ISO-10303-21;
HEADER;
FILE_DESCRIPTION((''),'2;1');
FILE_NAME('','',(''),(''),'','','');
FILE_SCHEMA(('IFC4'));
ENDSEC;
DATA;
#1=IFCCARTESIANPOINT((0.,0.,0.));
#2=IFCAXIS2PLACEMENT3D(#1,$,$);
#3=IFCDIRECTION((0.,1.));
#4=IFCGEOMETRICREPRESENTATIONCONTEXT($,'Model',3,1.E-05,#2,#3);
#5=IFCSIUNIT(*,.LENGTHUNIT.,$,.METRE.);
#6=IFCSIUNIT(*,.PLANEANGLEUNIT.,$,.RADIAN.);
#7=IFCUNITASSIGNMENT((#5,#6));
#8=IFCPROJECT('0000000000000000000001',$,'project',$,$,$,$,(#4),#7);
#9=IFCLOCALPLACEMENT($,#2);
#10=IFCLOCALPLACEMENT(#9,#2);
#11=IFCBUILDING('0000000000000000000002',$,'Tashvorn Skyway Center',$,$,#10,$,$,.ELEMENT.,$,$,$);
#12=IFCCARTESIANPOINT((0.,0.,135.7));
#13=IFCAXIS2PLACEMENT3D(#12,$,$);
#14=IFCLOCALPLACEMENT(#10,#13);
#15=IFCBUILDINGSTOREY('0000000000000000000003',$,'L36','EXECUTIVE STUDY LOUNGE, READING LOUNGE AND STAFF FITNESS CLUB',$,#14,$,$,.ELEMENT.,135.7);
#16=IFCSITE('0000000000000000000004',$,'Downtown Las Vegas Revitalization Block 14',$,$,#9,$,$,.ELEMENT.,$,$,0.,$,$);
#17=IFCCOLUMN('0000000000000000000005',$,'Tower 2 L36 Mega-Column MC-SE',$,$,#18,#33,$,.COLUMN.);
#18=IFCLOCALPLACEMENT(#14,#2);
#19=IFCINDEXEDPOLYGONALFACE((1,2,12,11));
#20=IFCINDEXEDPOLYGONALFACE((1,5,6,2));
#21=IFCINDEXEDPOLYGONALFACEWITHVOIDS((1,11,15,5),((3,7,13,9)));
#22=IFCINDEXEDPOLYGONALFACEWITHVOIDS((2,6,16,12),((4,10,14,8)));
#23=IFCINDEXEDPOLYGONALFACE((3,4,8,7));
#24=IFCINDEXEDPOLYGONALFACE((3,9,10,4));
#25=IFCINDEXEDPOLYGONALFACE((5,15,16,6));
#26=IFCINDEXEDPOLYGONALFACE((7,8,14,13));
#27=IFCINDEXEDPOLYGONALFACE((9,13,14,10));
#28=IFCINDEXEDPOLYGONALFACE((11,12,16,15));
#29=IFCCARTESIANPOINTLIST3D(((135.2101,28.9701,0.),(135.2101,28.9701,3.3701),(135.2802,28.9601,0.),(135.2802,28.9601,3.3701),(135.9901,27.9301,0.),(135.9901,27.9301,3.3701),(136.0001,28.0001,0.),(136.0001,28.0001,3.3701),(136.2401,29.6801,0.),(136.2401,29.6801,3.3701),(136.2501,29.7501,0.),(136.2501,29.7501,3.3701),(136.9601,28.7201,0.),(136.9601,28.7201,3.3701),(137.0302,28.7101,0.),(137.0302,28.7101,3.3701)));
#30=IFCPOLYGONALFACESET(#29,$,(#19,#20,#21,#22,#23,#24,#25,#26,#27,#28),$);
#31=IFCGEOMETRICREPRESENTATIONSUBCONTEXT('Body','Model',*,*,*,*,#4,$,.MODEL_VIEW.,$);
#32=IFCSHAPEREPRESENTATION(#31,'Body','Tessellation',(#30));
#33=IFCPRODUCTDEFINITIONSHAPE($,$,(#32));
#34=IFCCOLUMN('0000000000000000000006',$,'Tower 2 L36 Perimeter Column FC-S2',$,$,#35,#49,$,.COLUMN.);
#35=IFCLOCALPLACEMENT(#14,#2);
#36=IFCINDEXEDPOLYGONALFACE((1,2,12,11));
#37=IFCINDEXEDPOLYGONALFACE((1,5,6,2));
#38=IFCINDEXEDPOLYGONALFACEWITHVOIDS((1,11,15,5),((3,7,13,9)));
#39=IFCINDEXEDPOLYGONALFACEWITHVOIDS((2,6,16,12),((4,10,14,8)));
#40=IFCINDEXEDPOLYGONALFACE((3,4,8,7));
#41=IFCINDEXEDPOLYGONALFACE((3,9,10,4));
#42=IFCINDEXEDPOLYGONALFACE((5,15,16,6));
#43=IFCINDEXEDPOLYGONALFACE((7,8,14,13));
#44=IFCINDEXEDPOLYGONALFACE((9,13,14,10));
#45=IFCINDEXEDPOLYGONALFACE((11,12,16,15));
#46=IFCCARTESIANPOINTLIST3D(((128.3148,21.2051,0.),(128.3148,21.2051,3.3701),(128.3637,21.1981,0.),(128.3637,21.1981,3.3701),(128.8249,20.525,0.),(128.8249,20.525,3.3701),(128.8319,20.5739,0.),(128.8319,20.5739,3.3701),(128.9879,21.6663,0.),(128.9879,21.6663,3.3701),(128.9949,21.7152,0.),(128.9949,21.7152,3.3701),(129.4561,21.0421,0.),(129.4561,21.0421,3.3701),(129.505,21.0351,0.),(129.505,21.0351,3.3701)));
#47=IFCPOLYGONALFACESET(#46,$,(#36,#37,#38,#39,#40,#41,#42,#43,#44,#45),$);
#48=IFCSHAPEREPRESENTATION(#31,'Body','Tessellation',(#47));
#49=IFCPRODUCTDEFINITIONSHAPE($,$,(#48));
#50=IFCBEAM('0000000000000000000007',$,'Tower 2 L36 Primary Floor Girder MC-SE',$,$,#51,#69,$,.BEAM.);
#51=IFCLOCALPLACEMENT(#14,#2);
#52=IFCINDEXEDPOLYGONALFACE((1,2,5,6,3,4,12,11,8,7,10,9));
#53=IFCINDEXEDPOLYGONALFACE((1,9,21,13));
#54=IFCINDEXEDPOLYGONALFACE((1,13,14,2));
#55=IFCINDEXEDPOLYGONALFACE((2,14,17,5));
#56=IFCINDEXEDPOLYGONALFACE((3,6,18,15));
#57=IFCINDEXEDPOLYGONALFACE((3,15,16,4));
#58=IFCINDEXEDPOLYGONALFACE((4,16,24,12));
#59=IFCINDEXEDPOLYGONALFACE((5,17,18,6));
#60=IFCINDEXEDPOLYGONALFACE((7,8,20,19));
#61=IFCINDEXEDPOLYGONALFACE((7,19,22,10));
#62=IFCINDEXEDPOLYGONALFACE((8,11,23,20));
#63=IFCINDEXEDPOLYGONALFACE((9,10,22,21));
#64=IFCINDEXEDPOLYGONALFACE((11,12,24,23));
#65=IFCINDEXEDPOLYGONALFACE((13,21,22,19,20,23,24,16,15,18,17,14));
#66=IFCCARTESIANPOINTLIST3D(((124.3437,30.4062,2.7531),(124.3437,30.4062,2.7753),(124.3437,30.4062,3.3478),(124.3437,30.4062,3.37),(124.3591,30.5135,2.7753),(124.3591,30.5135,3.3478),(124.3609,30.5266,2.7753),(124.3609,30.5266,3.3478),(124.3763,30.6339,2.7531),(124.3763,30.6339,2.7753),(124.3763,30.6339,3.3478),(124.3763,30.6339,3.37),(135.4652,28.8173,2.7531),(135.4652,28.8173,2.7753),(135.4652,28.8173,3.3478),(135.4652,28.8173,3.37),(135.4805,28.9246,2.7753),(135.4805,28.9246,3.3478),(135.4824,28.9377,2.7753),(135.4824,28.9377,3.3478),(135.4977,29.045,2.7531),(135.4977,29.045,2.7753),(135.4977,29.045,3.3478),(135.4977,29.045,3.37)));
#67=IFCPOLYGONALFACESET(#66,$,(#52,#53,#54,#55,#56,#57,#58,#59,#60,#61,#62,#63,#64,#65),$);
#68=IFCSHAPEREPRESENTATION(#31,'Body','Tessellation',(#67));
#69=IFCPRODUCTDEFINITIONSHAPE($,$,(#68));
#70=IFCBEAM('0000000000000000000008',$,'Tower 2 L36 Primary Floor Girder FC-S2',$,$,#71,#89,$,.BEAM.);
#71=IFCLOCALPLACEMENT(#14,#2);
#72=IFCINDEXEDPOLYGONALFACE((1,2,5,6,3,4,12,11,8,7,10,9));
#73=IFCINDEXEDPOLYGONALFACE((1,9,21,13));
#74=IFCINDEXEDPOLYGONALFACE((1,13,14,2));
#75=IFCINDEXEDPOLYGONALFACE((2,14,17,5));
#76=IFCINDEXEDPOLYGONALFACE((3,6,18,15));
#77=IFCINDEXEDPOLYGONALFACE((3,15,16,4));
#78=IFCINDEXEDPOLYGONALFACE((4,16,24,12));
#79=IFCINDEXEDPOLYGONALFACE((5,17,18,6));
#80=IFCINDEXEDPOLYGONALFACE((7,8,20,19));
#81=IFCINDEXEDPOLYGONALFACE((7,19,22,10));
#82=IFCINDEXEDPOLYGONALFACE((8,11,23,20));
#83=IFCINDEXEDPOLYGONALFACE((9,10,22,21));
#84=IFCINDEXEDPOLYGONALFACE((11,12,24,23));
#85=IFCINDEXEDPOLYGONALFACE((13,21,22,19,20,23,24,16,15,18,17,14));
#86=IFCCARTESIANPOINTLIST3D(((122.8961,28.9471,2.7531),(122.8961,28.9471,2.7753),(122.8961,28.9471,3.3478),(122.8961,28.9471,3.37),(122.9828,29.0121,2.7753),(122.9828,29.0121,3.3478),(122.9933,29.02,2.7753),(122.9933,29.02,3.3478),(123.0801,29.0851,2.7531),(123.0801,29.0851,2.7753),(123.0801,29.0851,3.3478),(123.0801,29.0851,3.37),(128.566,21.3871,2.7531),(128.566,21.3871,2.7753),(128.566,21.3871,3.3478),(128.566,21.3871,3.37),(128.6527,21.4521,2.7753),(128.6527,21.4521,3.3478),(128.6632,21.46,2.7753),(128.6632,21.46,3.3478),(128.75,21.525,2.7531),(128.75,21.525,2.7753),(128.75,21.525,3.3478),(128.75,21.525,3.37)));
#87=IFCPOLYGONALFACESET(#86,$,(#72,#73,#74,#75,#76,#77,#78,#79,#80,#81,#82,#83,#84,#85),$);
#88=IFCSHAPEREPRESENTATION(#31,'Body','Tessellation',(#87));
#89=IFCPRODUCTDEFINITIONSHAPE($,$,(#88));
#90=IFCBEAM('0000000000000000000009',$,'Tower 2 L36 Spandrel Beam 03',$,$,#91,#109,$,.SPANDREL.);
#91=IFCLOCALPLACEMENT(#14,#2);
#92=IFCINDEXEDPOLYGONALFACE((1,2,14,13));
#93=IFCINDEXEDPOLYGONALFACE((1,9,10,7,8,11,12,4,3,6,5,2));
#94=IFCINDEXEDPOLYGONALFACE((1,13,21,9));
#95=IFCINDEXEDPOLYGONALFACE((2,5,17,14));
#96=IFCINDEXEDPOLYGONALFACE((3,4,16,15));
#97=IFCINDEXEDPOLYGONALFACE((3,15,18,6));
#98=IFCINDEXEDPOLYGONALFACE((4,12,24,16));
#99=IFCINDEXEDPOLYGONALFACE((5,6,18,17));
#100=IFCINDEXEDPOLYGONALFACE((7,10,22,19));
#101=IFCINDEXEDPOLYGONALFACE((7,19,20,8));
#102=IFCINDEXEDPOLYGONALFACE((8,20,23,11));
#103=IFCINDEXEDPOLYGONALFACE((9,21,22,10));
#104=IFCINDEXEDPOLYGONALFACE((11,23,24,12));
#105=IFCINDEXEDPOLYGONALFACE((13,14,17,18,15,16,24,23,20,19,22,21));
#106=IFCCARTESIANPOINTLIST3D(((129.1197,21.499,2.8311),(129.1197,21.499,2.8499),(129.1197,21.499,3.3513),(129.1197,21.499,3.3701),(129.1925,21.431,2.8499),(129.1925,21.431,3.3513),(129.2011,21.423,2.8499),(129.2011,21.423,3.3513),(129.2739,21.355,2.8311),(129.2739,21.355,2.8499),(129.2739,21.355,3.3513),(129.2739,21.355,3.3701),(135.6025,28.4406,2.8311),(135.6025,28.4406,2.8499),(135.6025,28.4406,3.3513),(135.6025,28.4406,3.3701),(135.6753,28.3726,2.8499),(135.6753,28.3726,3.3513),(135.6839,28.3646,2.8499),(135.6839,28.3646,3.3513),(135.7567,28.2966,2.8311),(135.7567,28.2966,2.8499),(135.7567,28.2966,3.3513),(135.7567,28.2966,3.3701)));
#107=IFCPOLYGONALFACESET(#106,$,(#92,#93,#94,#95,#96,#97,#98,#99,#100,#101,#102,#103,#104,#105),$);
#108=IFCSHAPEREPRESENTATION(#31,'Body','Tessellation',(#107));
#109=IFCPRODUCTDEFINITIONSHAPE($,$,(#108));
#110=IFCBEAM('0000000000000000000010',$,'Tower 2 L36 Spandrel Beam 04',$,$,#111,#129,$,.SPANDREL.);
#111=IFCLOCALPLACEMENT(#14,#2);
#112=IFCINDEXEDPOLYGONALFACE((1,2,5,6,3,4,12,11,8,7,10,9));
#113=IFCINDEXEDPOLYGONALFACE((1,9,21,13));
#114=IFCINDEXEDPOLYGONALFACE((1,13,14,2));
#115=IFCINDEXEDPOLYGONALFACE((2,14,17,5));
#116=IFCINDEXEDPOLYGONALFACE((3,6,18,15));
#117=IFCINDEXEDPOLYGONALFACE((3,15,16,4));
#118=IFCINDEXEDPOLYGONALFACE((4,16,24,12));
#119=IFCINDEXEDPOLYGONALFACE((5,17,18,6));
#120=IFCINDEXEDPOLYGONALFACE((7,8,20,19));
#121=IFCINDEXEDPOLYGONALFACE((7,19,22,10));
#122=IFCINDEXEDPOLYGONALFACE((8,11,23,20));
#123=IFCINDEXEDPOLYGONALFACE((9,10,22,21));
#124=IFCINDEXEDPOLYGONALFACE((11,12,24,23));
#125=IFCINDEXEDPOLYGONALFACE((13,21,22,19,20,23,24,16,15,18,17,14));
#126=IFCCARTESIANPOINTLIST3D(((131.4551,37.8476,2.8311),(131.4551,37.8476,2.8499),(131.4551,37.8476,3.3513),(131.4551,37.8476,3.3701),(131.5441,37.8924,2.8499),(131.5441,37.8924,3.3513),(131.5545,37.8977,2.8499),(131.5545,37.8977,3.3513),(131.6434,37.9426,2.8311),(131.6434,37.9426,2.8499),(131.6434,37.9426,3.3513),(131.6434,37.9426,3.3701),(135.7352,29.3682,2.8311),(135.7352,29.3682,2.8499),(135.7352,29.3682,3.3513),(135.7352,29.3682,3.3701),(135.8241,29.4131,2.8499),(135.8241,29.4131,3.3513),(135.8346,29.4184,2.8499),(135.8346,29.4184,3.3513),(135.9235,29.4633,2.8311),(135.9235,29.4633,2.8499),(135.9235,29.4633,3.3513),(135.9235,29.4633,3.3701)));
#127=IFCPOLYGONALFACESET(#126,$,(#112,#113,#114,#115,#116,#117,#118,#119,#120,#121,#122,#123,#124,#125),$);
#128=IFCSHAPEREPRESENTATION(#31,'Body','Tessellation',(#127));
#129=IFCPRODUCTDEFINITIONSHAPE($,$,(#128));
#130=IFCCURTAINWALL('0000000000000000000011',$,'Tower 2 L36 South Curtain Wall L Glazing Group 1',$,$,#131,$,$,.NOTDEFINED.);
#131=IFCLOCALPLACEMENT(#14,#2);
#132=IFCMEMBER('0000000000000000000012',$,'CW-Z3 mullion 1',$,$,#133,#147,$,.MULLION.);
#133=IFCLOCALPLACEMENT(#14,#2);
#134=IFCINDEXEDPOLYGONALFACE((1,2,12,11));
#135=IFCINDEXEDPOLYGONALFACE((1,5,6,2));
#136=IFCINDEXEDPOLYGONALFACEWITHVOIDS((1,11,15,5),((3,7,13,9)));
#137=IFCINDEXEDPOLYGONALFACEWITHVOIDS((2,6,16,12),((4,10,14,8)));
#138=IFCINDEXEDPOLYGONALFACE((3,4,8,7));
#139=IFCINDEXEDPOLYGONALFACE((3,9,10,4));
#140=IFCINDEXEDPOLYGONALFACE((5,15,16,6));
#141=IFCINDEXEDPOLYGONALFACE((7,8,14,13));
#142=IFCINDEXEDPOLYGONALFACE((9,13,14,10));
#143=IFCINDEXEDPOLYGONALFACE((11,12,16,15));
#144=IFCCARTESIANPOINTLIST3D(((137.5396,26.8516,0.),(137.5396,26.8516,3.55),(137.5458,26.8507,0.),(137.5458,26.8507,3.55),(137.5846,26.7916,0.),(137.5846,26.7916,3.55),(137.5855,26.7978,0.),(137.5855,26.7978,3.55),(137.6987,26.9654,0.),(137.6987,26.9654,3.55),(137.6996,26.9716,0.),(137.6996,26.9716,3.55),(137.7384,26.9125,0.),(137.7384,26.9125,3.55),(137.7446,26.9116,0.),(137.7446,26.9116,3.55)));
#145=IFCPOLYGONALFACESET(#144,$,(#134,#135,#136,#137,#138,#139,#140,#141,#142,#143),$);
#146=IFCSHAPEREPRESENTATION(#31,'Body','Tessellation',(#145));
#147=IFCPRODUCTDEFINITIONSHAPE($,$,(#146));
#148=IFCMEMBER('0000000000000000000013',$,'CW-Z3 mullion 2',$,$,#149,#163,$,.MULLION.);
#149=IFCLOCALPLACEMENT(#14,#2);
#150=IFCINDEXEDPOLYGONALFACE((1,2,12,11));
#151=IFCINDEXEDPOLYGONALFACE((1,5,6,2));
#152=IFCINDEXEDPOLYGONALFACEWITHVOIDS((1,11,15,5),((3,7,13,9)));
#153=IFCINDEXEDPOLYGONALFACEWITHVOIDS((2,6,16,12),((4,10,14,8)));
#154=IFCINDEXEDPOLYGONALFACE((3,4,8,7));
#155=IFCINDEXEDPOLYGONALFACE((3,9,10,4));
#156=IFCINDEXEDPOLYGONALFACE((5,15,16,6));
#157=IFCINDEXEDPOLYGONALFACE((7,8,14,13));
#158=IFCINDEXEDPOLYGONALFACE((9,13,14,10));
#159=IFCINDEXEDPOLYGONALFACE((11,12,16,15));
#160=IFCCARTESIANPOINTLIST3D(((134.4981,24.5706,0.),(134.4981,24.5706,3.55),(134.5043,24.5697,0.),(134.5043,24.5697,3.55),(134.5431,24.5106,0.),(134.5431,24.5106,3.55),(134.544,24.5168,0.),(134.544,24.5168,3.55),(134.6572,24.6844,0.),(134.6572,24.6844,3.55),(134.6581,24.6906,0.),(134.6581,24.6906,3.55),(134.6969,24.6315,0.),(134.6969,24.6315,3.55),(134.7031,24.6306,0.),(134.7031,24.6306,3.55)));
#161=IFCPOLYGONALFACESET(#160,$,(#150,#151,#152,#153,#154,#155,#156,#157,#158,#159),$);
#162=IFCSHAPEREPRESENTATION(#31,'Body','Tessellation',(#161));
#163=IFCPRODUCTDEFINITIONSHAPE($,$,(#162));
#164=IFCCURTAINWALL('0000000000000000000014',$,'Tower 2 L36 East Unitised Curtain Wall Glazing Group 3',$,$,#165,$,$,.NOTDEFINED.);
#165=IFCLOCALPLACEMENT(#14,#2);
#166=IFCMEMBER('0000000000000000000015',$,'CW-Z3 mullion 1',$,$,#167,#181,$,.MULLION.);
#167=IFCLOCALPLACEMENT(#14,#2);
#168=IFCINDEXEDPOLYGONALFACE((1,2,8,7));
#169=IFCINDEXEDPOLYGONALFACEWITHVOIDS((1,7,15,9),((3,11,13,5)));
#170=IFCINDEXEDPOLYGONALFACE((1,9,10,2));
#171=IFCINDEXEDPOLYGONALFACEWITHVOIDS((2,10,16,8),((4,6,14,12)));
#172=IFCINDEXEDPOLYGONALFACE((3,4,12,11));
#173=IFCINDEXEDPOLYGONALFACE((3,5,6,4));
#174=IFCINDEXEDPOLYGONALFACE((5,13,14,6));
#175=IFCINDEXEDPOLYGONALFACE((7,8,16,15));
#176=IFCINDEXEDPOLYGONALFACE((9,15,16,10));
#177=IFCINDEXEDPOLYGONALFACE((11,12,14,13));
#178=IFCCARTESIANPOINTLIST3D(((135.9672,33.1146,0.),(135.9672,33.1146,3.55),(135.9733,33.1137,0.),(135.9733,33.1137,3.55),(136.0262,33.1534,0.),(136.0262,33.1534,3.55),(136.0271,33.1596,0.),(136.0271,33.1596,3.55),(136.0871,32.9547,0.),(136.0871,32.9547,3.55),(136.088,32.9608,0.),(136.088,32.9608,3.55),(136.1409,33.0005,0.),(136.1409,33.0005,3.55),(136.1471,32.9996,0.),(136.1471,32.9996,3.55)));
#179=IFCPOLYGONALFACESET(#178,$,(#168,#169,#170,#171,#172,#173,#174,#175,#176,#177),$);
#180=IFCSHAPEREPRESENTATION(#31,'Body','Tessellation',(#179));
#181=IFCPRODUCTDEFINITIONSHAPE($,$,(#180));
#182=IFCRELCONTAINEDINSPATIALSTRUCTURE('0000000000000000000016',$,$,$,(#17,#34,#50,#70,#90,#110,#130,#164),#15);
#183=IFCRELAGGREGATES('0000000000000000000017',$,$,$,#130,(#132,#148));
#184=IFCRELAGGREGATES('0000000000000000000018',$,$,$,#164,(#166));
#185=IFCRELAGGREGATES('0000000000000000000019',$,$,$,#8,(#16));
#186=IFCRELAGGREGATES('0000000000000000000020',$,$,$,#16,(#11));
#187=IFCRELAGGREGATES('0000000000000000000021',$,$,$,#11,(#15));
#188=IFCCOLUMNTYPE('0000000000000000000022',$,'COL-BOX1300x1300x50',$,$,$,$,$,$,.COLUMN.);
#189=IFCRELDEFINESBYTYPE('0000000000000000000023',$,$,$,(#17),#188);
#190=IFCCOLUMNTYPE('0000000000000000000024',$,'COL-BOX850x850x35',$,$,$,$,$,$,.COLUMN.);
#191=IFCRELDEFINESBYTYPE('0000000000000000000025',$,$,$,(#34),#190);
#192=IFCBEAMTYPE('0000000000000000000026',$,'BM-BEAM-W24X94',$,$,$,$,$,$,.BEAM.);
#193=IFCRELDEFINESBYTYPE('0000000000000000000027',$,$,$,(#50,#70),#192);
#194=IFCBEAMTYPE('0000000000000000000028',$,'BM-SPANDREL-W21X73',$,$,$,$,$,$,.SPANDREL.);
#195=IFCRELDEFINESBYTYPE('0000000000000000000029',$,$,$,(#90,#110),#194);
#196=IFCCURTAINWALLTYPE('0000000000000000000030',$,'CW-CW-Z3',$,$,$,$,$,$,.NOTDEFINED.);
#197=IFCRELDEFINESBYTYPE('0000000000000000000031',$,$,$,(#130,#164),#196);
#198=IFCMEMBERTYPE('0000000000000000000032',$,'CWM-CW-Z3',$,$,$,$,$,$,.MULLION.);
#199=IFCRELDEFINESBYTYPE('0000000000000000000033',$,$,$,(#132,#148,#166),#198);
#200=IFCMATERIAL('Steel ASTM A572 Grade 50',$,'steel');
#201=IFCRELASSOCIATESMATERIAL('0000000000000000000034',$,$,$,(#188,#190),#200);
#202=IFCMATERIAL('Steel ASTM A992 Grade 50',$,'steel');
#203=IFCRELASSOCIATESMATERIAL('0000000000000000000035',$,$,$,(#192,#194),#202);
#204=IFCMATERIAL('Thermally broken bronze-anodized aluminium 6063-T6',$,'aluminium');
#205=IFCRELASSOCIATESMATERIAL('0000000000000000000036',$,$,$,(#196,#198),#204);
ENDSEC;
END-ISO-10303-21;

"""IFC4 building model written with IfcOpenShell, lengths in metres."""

from ifc_helpers import new_model, si_unit, direction, frame, origin, origin_2d, place, context, subcontext, project, spatial, hollow_rectangle, i_section, extrude, material, material_profile, profile_set, type_object, element, aggregate, save


model = new_model("IFC4")

# Units and contexts
model_context = context("Model", 3, precision=1e-05, world=origin(), true_north=direction((0.0, 1.0)))
body_context = subcontext(model_context, "Body", "Model", "MODEL_VIEW")
ifc_project = project(units=[si_unit("LENGTHUNIT", "METRE"), si_unit("PLANEANGLEUNIT", "RADIAN")], contexts=[model_context])

# Site, building, storey
site_placement = place(None, origin())
site = spatial("IfcSite", under=ifc_project, at=site_placement, Name="Downtown Las Vegas Revitalization Block 14", CompositionType="ELEMENT", RefElevation=0.0)
building_placement = place(site_placement, origin())
building = spatial("IfcBuilding", under=site, at=building_placement, Name="Tashvorn Skyway Center", CompositionType="ELEMENT")
storey_placement = place(building_placement, frame((0.0, 0.0, 135.7)))
storey = spatial("IfcBuildingStorey", under=building, at=storey_placement, Name="L36", Description="EXECUTIVE STUDY LOUNGE, READING LOUNGE AND STAFF FITNESS CLUB", CompositionType="ELEMENT", Elevation=135.7)

# Columns
ifc_material_1 = material(Name="Steel ASTM A572 Grade 50", Category="steel")
ifc_material_profile_1 = material_profile(ifc_material_1, hollow_rectangle(XDim=1.3, YDim=1.3, WallThickness=0.05, at=origin_2d()), Name="BOX1300x1300x50")
ifc_profile_set_1 = profile_set([ifc_material_profile_1], Name="Steel ASTM A572 Grade 50")
column_type_1 = type_object("IfcColumnType", Name="COL-BOX1300x1300x50", PredefinedType="COLUMN", material=ifc_profile_set_1)
column_1_placement = place(storey_placement, frame((136.1201, 28.8401, 0.0), z_axis=(0.0, 0.0, 1.0), x_axis=(0.8, 0.6, 0.0)))
element("IfcColumn", 1, at=column_1_placement, inside=storey, type_object=column_type_1, Name="Tower 2 L36 Mega-Column MC-SE", PredefinedType="COLUMN", context=body_context, shape_type="SweptSolid", body=[
    extrude(hollow_rectangle(XDim=1.3, YDim=1.3, WallThickness=0.05, at=origin_2d()), origin(), (0.0, 0.0, 1.0), 3.3701),
])
ifc_material_profile_2 = material_profile(ifc_material_1, hollow_rectangle(XDim=0.8501, YDim=0.8501, WallThickness=0.0349, at=origin_2d()), Name="BOX850x850x35")
ifc_profile_set_2 = profile_set([ifc_material_profile_2], Name="Steel ASTM A572 Grade 50")
column_type_2 = type_object("IfcColumnType", Name="COL-BOX850x850x35", PredefinedType="COLUMN", material=ifc_profile_set_2)
column_2_placement = place(storey_placement, frame((128.9099, 21.1201, 0.0), z_axis=(0.0, 0.0, 1.0), x_axis=(0.8, 0.6, 0.0)))
element("IfcColumn", 2, at=column_2_placement, inside=storey, type_object=column_type_2, Name="Tower 2 L36 Perimeter Column FC-S2", PredefinedType="COLUMN", context=body_context, shape_type="SweptSolid", body=[
    extrude(hollow_rectangle(XDim=0.8501, YDim=0.8501, WallThickness=0.0349, at=origin_2d()), origin(), (0.0, 0.0, 1.0), 3.3701),
])

# Beams
ifc_material_2 = material(Name="Steel ASTM A992 Grade 50", Category="steel")
ifc_material_profile_3 = material_profile(ifc_material_2, i_section(OverallWidth=0.23, OverallDepth=0.6169, WebThickness=0.0132, FlangeThickness=0.0222, at=origin_2d()), Name="W24X94")
ifc_profile_set_3 = profile_set([ifc_material_profile_3], Name="Steel ASTM A992 Grade 50")
beam_type_1 = type_object("IfcBeamType", Name="BM-BEAM-W24X94", PredefinedType="BEAM", material=ifc_profile_set_3)
beam_1_placement = place(storey_placement, frame((135.4814, 28.9312, 3.0615), z_axis=(-0.989948, 0.14143, 0.0), x_axis=(-0.14143, -0.989948, 0.0)))
element("IfcBeam", 3, at=beam_1_placement, inside=storey, type_object=beam_type_1, Name="Tower 2 L36 Primary Floor Girder MC-SE", PredefinedType="BEAM", context=body_context, shape_type="SweptSolid", body=[
    extrude(i_section(OverallWidth=0.23, OverallDepth=0.6169, WebThickness=0.0132, FlangeThickness=0.0222, at=origin_2d()), origin(), (0.0, 0.0, 1.0), 11.2344),
])
beam_2_placement = place(storey_placement, frame((128.658, 21.4561, 3.0615), z_axis=(-0.599992, 0.800006, 0.0), x_axis=(-0.800006, -0.599992, 0.0)))
element("IfcBeam", 4, at=beam_2_placement, inside=storey, type_object=beam_type_1, Name="Tower 2 L36 Primary Floor Girder FC-S2", PredefinedType="BEAM", context=body_context, shape_type="SweptSolid", body=[
    extrude(i_section(OverallWidth=0.23, OverallDepth=0.6169, WebThickness=0.0132, FlangeThickness=0.0222, at=origin_2d()), origin(), (0.0, 0.0, 1.0), 9.45),
])
ifc_material_profile_4 = material_profile(ifc_material_2, i_section(OverallWidth=0.2109, OverallDepth=0.5391, WebThickness=0.0117, FlangeThickness=0.0188, at=origin_2d()), Name="W21X73")
ifc_profile_set_4 = profile_set([ifc_material_profile_4], Name="Steel ASTM A992 Grade 50")
beam_type_2 = type_object("IfcBeamType", Name="BM-SPANDREL-W21X73", PredefinedType="SPANDREL", material=ifc_profile_set_4)
beam_3_placement = place(storey_placement, frame((129.1968, 21.427, 3.1006), z_axis=(0.682545, 0.730843, 0.0), x_axis=(-0.730843, 0.682545, 0.0)))
element("IfcBeam", 5, at=beam_3_placement, inside=storey, type_object=beam_type_2, Name="Tower 2 L36 Spandrel Beam 03", PredefinedType="SPANDREL", context=body_context, shape_type="SweptSolid", body=[
    extrude(i_section(OverallWidth=0.2109, OverallDepth=0.5391, WebThickness=0.0117, FlangeThickness=0.0188, at=origin_2d()), origin(), (0.0, 0.0, 1.0), 9.498),
])
beam_4_placement = place(storey_placement, frame((135.8293, 29.4158, 3.1006), z_axis=(-0.450614, 0.892719, 0.0), x_axis=(-0.892719, -0.450614, 0.0)))
element("IfcBeam", 6, at=beam_4_placement, inside=storey, type_object=beam_type_2, Name="Tower 2 L36 Spandrel Beam 04", PredefinedType="SPANDREL", context=body_context, shape_type="SweptSolid", body=[
    extrude(i_section(OverallWidth=0.2109, OverallDepth=0.5391, WebThickness=0.0117, FlangeThickness=0.0188, at=origin_2d()), origin(), (0.0, 0.0, 1.0), 9.4983),
])

# Curtain walls, members
ifc_material_3 = material(Name="Thermally broken bronze-anodized aluminium 6063-T6", Category="aluminium")
curtain_wall_type = type_object("IfcCurtainWallType", Name="CW-CW-Z3", PredefinedType="NOTDEFINED", material=ifc_material_3)
curtain_wall_1_placement = place(storey_placement, origin())
curtain_wall_1 = element("IfcCurtainWall", 7, at=curtain_wall_1_placement, inside=storey, type_object=curtain_wall_type, Name="Tower 2 L36 South Curtain Wall L Glazing Group 1", PredefinedType="NOTDEFINED")
ifc_material_profile_5 = material_profile(ifc_material_3, hollow_rectangle(XDim=0.075, YDim=0.2, WallThickness=0.0044, at=origin_2d()), Name="ALU-MULL-75x200")
ifc_profile_set_5 = profile_set([ifc_material_profile_5], Name="Thermally broken bronze-anodized aluminium 6063-T6")
member_type_1 = type_object("IfcMemberType", Name="CWM-CW-Z3", PredefinedType="MULLION", material=ifc_profile_set_5)
member_1_placement = place(storey_placement, frame((137.6421, 26.8816, 0.0), z_axis=(0.0, 0.0, 1.0), x_axis=(0.600004, -0.799997, 0.0)))
member_1 = element("IfcMember", 8, at=member_1_placement, type_object=member_type_1, Name="CW-Z3 mullion 1", PredefinedType="MULLION", context=body_context, shape_type="SweptSolid", body=[
    extrude(hollow_rectangle(XDim=0.075, YDim=0.2, WallThickness=0.0044, at=origin_2d()), origin(), (0.0, 0.0, 1.0), 3.55),
])
member_2_placement = place(storey_placement, frame((134.6006, 24.6006, 0.0), z_axis=(0.0, 0.0, 1.0), x_axis=(0.600004, -0.799997, 0.0)))
member_2 = element("IfcMember", 9, at=member_2_placement, type_object=member_type_1, Name="CW-Z3 mullion 2", PredefinedType="MULLION", context=body_context, shape_type="SweptSolid", body=[
    extrude(hollow_rectangle(XDim=0.075, YDim=0.2, WallThickness=0.0044, at=origin_2d()), origin(), (0.0, 0.0, 1.0), 3.55),
])
curtain_wall_2_placement = place(storey_placement, origin())
curtain_wall_2 = element("IfcCurtainWall", 10, at=curtain_wall_2_placement, inside=storey, type_object=curtain_wall_type, Name="Tower 2 L36 East Unitised Curtain Wall Glazing Group 3", PredefinedType="NOTDEFINED")
member_3_placement = place(storey_placement, frame((136.0571, 33.0571, 0.0), z_axis=(0.0, 0.0, 1.0), x_axis=(0.800003, 0.599995, 0.0)))
member_3 = element("IfcMember", 11, at=member_3_placement, type_object=member_type_1, Name="CW-Z3 mullion 1", PredefinedType="MULLION", context=body_context, shape_type="SweptSolid", body=[
    extrude(hollow_rectangle(XDim=0.075, YDim=0.2, WallThickness=0.0044, at=origin_2d()), origin(), (0.0, 0.0, 1.0), 3.55),
])

aggregate(curtain_wall_1, [member_1, member_2])
aggregate(curtain_wall_2, [member_3])

save(model, "model.ifc")
